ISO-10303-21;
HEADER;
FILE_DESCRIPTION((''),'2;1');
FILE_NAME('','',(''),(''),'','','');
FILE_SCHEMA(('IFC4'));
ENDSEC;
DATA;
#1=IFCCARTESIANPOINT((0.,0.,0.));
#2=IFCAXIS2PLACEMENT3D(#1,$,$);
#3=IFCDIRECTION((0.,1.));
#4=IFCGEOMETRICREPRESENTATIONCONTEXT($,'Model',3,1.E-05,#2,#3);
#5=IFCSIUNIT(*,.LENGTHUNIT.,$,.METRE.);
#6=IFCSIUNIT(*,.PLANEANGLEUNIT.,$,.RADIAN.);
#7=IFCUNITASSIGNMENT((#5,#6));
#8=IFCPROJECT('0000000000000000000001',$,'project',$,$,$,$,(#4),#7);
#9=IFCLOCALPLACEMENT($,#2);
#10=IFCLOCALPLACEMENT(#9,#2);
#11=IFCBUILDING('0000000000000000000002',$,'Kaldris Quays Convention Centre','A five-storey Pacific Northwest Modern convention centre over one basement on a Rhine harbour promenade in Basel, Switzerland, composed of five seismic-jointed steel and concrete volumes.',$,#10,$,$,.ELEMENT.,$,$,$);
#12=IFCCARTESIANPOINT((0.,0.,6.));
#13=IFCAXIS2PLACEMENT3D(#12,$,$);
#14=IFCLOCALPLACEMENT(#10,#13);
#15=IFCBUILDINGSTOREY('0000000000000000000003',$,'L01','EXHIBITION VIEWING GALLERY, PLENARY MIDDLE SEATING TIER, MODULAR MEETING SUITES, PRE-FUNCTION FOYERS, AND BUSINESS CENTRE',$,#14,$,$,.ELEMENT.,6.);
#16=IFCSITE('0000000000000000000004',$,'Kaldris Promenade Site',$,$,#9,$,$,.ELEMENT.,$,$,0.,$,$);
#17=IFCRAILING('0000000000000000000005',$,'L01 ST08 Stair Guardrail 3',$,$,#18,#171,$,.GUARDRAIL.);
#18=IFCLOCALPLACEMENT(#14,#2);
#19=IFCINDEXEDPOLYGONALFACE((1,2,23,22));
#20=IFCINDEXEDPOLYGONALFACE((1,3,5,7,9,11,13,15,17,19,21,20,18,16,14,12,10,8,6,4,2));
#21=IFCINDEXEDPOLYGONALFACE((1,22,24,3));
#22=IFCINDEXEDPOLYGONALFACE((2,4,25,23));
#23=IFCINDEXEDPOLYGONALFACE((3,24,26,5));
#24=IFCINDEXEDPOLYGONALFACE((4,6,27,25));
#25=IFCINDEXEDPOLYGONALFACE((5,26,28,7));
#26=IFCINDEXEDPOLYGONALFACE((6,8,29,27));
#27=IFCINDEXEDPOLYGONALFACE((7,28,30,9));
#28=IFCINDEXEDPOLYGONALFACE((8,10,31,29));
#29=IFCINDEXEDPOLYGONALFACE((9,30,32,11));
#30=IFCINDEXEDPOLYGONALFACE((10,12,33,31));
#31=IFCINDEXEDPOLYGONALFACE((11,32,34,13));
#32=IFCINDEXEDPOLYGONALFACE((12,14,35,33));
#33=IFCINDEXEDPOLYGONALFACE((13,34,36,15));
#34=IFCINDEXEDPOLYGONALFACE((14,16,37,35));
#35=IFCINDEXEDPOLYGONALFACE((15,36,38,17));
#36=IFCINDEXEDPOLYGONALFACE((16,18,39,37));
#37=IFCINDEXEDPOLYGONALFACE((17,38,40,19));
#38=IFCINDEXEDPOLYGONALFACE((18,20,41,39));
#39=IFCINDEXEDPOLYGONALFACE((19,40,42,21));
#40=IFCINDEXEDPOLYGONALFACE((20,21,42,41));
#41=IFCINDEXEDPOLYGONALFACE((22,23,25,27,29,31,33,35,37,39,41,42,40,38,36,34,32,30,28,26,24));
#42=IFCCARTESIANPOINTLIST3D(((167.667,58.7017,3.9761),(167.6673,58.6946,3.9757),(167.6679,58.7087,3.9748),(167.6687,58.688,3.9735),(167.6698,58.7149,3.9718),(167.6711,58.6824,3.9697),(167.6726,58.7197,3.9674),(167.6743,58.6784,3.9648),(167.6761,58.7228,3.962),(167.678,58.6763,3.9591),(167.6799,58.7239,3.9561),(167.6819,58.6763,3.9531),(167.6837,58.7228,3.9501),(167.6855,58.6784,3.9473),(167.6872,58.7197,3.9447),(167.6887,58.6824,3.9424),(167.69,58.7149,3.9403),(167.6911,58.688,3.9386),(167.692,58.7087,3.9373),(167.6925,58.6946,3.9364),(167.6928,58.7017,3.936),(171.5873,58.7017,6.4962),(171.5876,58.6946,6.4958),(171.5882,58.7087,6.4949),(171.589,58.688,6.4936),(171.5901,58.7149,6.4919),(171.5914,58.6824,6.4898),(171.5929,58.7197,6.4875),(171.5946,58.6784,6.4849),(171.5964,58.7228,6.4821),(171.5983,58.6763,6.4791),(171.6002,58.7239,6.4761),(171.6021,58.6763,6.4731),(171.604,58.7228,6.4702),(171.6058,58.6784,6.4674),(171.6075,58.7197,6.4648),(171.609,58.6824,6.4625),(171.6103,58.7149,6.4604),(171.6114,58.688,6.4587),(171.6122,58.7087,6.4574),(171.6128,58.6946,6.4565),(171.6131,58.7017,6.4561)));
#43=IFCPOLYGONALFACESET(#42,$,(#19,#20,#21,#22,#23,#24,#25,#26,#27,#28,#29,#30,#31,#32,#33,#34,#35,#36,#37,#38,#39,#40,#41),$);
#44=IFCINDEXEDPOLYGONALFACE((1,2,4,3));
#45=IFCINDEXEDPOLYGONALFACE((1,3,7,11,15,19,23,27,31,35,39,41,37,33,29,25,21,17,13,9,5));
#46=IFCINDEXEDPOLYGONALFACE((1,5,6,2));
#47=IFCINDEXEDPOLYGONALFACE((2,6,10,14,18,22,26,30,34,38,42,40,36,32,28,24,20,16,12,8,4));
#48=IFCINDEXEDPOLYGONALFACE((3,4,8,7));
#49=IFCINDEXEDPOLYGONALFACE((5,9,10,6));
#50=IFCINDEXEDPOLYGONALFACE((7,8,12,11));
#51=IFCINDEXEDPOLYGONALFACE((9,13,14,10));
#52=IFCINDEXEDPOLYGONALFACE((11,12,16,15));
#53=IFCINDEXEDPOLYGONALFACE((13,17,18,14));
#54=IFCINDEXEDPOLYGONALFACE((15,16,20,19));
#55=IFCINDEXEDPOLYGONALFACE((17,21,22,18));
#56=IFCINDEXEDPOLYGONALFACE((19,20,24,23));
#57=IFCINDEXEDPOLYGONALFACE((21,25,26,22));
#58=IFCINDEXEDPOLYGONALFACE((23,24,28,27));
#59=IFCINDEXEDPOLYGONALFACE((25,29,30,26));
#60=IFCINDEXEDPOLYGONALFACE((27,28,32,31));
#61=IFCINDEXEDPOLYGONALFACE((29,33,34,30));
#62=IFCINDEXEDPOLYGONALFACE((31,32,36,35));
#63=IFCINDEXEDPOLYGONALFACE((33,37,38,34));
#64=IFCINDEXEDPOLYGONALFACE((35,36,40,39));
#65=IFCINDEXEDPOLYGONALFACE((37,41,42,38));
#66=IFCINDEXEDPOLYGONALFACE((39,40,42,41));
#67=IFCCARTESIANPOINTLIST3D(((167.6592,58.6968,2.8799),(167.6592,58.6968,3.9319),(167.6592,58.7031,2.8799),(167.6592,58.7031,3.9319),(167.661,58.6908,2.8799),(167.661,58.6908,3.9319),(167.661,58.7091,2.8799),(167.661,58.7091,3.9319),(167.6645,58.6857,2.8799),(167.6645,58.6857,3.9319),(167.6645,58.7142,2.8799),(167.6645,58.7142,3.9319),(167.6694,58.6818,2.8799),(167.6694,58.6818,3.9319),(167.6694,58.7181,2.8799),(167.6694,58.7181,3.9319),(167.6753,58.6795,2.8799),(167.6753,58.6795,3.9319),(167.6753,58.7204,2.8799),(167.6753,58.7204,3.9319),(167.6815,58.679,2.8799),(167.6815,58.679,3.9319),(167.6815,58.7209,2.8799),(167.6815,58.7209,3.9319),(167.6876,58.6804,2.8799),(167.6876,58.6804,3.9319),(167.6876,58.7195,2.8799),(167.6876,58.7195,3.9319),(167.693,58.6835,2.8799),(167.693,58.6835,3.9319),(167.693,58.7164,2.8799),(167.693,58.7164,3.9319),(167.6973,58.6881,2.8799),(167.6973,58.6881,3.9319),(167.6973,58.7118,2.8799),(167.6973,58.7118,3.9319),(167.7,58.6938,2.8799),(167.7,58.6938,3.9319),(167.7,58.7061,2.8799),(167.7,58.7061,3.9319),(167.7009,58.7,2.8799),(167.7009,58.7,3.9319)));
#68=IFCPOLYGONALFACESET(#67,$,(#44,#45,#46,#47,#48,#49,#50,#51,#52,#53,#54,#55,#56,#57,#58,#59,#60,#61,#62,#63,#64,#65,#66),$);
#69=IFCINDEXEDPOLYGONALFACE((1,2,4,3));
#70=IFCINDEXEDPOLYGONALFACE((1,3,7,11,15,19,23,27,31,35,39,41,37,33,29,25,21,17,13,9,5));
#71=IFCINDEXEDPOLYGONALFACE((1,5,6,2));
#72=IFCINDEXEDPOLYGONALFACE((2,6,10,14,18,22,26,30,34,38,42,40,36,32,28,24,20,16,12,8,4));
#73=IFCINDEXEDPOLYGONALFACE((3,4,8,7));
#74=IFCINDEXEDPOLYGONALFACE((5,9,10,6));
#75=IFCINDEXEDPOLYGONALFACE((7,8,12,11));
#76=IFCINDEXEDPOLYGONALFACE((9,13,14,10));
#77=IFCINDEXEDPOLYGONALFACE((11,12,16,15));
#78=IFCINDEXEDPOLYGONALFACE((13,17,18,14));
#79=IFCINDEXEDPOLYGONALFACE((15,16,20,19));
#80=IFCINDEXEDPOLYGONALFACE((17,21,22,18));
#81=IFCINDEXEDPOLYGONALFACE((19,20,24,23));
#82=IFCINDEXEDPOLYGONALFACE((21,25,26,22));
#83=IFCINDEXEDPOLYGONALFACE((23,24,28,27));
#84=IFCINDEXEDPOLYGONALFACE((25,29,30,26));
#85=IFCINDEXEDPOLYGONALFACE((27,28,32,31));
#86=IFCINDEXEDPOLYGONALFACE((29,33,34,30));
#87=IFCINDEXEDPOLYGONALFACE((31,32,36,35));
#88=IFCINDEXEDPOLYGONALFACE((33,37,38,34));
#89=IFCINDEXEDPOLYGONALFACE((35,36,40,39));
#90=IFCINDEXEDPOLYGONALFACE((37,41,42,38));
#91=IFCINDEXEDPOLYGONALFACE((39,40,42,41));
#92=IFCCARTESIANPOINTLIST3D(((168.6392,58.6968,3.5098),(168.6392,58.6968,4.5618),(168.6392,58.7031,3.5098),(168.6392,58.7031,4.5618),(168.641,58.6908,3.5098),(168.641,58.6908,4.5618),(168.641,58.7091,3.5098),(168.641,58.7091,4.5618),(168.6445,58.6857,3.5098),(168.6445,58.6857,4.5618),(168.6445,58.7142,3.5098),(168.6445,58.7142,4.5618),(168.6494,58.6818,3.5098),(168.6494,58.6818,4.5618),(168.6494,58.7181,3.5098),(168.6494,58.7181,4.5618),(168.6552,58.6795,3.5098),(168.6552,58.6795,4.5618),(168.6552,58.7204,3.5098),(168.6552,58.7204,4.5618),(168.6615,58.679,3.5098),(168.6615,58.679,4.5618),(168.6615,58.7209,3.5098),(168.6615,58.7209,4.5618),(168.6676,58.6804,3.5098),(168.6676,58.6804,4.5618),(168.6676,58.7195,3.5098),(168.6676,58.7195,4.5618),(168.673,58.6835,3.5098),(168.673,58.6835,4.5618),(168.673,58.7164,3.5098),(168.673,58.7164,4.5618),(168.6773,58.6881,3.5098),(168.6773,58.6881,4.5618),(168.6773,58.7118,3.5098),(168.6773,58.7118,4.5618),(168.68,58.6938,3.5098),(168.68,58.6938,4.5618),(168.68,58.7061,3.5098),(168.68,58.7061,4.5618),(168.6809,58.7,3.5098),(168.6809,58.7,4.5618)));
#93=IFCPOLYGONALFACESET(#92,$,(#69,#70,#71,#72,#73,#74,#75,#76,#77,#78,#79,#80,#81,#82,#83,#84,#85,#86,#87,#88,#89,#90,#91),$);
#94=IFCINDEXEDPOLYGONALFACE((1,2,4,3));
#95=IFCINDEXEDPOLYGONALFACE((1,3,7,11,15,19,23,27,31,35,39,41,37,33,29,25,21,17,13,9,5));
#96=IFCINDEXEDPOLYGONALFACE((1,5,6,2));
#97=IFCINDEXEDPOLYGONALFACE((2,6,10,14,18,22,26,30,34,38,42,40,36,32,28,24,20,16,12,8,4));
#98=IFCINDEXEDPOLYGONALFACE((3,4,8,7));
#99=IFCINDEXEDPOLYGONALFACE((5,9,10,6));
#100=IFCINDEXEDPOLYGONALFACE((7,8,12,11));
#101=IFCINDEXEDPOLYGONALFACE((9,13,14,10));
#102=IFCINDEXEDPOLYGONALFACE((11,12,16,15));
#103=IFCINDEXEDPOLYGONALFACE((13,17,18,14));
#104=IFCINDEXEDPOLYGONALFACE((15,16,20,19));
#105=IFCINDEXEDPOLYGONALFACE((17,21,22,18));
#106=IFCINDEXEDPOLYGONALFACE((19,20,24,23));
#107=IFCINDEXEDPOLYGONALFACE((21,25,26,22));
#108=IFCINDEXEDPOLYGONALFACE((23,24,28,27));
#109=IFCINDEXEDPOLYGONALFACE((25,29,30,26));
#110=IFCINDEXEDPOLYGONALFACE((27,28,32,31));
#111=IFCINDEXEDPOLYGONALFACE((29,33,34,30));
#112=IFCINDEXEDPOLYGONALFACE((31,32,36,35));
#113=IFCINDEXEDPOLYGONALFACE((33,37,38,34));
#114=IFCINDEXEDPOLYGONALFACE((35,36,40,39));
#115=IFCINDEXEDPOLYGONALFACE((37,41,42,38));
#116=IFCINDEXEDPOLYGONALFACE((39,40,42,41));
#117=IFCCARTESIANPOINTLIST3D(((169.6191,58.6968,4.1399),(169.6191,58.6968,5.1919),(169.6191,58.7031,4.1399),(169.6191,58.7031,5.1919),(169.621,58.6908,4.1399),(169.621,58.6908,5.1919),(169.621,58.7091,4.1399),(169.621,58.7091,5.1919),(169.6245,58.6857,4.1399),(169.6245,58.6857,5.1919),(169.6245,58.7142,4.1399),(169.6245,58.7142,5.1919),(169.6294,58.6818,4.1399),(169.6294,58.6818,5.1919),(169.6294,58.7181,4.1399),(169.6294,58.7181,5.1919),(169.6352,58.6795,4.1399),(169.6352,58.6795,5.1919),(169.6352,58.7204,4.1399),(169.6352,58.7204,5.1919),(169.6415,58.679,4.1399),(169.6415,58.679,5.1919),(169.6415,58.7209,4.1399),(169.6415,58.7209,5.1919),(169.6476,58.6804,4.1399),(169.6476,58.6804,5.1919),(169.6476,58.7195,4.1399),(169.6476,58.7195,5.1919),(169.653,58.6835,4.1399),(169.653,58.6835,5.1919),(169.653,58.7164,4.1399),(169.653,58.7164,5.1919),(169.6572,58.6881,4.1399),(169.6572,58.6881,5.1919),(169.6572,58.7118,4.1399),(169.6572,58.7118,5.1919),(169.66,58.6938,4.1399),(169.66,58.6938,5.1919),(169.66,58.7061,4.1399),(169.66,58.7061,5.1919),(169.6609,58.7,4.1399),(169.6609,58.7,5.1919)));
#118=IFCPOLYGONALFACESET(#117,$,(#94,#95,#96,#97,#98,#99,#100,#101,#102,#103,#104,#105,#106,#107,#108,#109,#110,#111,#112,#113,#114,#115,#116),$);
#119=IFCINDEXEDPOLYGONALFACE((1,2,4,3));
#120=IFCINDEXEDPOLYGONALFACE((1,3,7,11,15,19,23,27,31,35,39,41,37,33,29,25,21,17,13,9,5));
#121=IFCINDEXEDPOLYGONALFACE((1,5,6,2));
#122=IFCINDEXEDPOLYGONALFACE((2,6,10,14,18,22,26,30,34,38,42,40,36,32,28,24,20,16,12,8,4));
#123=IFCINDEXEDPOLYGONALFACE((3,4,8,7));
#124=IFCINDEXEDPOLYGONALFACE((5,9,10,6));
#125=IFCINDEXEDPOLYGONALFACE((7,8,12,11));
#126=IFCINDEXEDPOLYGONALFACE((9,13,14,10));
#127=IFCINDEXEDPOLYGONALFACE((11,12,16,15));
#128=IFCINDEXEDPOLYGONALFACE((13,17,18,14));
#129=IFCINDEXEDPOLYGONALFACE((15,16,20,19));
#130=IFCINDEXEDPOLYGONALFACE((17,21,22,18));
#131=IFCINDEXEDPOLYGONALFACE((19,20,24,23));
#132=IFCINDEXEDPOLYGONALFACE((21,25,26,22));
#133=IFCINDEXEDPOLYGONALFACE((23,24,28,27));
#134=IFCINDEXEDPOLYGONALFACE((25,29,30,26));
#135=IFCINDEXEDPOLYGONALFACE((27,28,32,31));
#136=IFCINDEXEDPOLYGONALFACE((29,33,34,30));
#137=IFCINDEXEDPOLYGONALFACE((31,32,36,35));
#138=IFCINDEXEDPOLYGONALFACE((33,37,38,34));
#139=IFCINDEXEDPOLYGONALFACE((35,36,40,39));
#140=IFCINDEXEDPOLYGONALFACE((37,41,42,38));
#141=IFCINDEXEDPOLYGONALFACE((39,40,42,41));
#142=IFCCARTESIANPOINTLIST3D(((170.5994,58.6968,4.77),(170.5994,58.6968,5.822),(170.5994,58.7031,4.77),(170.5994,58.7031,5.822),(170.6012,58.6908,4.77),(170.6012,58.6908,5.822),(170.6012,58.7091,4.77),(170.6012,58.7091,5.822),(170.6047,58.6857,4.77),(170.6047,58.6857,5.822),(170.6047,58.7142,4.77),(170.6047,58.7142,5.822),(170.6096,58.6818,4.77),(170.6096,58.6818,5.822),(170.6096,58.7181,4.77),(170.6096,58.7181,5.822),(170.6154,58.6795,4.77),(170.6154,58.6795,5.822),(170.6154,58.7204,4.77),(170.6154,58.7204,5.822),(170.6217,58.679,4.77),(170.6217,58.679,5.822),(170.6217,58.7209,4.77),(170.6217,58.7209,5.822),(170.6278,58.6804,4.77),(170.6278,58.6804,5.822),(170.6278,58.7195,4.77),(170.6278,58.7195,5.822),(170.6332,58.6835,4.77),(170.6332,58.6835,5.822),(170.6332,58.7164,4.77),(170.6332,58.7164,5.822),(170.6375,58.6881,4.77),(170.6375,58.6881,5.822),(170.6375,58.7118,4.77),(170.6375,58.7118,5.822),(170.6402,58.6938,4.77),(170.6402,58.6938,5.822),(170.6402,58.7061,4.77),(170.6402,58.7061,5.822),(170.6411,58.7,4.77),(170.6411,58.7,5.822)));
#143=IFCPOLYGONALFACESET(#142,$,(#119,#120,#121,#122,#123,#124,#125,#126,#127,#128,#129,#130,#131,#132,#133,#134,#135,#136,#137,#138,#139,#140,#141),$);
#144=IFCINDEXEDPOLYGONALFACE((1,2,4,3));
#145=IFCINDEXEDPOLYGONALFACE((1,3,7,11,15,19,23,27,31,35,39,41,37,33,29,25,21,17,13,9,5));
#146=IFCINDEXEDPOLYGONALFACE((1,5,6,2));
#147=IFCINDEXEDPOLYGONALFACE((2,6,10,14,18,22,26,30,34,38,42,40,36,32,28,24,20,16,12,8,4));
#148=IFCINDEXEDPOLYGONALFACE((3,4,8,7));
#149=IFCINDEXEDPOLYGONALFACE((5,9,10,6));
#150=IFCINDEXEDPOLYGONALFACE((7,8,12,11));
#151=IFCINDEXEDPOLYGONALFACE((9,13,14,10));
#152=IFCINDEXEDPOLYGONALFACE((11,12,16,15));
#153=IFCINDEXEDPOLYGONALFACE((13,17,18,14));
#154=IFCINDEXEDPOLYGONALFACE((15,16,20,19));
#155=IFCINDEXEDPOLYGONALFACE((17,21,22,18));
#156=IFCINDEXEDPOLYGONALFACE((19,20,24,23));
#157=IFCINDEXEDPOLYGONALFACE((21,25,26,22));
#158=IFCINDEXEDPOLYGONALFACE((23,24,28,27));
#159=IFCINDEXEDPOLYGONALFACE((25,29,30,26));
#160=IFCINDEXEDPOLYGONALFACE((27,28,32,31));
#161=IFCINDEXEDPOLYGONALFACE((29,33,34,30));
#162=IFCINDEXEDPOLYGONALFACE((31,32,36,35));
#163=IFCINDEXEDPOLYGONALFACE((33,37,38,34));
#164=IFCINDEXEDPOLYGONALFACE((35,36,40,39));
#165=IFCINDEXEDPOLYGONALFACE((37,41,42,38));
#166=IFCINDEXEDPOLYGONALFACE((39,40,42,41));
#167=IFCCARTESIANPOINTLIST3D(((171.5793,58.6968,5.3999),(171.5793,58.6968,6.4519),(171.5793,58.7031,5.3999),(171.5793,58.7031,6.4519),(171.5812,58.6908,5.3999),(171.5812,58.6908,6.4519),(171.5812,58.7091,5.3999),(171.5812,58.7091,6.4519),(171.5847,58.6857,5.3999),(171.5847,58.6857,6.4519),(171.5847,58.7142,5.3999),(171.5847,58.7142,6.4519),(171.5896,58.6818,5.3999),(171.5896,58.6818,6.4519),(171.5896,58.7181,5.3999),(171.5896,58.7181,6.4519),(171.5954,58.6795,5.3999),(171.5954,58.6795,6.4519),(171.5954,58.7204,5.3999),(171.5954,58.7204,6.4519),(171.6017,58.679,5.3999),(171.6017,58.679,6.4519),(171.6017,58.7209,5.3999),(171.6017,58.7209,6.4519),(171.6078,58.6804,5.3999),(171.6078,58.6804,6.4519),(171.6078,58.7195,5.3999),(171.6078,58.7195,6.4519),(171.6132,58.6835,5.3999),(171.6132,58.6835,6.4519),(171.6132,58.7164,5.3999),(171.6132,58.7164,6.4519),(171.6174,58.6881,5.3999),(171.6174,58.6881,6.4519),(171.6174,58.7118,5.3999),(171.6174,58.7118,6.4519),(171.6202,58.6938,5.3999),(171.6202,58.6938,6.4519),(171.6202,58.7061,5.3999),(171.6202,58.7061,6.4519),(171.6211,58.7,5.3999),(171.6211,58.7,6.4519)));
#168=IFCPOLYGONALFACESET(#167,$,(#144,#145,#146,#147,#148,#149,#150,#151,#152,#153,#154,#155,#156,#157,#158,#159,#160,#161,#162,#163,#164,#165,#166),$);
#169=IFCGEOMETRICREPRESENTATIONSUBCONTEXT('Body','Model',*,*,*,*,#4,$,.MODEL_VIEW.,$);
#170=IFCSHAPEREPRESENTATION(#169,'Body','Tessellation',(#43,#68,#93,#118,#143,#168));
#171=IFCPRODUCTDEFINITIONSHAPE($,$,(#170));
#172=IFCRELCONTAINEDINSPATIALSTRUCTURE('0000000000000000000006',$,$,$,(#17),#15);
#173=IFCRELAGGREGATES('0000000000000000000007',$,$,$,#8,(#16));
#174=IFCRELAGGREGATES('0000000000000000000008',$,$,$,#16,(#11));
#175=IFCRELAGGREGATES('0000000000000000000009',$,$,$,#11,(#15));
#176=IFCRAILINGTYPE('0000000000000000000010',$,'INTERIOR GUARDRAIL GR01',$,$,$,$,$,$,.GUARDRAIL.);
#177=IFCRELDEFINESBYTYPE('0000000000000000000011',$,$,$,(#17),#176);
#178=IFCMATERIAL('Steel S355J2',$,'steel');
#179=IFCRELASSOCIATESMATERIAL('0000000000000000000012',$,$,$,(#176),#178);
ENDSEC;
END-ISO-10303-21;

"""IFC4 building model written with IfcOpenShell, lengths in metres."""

from ifc_helpers import new_model, si_unit, direction, frame, origin, origin_2d, place, context, subcontext, project, spatial, circle, extrude, material, type_object, element, save


model = new_model("IFC4")

# Units and contexts
model_context = context("Model", 3, precision=1e-05, world=origin(), true_north=direction((0.0, 1.0)))
body_context = subcontext(model_context, "Body", "Model", "MODEL_VIEW")
ifc_project = project(units=[si_unit("LENGTHUNIT", "METRE"), si_unit("PLANEANGLEUNIT", "RADIAN")], contexts=[model_context])

# Site, building, storey
site_placement = place(None, origin())
site = spatial("IfcSite", under=ifc_project, at=site_placement, Name="Kaldris Promenade Site", CompositionType="ELEMENT", RefElevation=0.0)
building_placement = place(site_placement, origin())
building = spatial("IfcBuilding", under=site, at=building_placement, Name="Kaldris Quays Convention Centre", Description="A five-storey Pacific Northwest Modern convention centre over one basement on a Rhine harbour promenade in Basel, Switzerland, composed of five seismic-jointed steel and concrete volumes.", CompositionType="ELEMENT")
storey_placement = place(building_placement, frame((0.0, 0.0, 6.0)))
storey = spatial("IfcBuildingStorey", under=building, at=storey_placement, Name="L01", Description="EXHIBITION VIEWING GALLERY, PLENARY MIDDLE SEATING TIER, MODULAR MEETING SUITES, PRE-FUNCTION FOYERS, AND BUSINESS CENTRE", CompositionType="ELEMENT", Elevation=6.0)

# Shared definitions
ifc_material_1 = material(Name="Steel S355J2", Category="steel")

# Railing
railing_type_1 = type_object("IfcRailingType", Name="INTERIOR GUARDRAIL GR01", PredefinedType="GUARDRAIL", material=ifc_material_1)
railing_1_placement = place(storey_placement, frame((167.6799, 58.7, 2.8799)))
element("IfcRailing", 1, at=railing_1_placement, inside=storey, type_object=railing_type_1, Name="L01 ST08 Stair Guardrail 3", PredefinedType="GUARDRAIL", context=body_context, shape_type="SweptSolid", body=[
    extrude(circle(Radius=0.0239, at=origin_2d()), frame((0.0, 0.0, 1.0762), z_axis=(0.841187, 0.0, 0.540744), x_axis=(0.0, 1.0, 0.0)), (0.0, 0.0, 1.0), 4.6604),
    extrude(circle(Radius=0.021, at=origin_2d()), origin(), (0.0, 0.0, 1.0), 1.052),
    extrude(circle(Radius=0.021, at=origin_2d()), frame((0.98, 0.0, 0.6299)), (0.0, 0.0, 1.0), 1.052),
    extrude(circle(Radius=0.021, at=origin_2d()), frame((1.96, 0.0, 1.26)), (0.0, 0.0, 1.0), 1.052),
    extrude(circle(Radius=0.021, at=origin_2d()), frame((2.9402, 0.0, 1.8901)), (0.0, 0.0, 1.0), 1.052),
    extrude(circle(Radius=0.021, at=origin_2d()), frame((3.9202, 0.0, 2.52)), (0.0, 0.0, 1.0), 1.052),
])

save(model, "model.ifc")
